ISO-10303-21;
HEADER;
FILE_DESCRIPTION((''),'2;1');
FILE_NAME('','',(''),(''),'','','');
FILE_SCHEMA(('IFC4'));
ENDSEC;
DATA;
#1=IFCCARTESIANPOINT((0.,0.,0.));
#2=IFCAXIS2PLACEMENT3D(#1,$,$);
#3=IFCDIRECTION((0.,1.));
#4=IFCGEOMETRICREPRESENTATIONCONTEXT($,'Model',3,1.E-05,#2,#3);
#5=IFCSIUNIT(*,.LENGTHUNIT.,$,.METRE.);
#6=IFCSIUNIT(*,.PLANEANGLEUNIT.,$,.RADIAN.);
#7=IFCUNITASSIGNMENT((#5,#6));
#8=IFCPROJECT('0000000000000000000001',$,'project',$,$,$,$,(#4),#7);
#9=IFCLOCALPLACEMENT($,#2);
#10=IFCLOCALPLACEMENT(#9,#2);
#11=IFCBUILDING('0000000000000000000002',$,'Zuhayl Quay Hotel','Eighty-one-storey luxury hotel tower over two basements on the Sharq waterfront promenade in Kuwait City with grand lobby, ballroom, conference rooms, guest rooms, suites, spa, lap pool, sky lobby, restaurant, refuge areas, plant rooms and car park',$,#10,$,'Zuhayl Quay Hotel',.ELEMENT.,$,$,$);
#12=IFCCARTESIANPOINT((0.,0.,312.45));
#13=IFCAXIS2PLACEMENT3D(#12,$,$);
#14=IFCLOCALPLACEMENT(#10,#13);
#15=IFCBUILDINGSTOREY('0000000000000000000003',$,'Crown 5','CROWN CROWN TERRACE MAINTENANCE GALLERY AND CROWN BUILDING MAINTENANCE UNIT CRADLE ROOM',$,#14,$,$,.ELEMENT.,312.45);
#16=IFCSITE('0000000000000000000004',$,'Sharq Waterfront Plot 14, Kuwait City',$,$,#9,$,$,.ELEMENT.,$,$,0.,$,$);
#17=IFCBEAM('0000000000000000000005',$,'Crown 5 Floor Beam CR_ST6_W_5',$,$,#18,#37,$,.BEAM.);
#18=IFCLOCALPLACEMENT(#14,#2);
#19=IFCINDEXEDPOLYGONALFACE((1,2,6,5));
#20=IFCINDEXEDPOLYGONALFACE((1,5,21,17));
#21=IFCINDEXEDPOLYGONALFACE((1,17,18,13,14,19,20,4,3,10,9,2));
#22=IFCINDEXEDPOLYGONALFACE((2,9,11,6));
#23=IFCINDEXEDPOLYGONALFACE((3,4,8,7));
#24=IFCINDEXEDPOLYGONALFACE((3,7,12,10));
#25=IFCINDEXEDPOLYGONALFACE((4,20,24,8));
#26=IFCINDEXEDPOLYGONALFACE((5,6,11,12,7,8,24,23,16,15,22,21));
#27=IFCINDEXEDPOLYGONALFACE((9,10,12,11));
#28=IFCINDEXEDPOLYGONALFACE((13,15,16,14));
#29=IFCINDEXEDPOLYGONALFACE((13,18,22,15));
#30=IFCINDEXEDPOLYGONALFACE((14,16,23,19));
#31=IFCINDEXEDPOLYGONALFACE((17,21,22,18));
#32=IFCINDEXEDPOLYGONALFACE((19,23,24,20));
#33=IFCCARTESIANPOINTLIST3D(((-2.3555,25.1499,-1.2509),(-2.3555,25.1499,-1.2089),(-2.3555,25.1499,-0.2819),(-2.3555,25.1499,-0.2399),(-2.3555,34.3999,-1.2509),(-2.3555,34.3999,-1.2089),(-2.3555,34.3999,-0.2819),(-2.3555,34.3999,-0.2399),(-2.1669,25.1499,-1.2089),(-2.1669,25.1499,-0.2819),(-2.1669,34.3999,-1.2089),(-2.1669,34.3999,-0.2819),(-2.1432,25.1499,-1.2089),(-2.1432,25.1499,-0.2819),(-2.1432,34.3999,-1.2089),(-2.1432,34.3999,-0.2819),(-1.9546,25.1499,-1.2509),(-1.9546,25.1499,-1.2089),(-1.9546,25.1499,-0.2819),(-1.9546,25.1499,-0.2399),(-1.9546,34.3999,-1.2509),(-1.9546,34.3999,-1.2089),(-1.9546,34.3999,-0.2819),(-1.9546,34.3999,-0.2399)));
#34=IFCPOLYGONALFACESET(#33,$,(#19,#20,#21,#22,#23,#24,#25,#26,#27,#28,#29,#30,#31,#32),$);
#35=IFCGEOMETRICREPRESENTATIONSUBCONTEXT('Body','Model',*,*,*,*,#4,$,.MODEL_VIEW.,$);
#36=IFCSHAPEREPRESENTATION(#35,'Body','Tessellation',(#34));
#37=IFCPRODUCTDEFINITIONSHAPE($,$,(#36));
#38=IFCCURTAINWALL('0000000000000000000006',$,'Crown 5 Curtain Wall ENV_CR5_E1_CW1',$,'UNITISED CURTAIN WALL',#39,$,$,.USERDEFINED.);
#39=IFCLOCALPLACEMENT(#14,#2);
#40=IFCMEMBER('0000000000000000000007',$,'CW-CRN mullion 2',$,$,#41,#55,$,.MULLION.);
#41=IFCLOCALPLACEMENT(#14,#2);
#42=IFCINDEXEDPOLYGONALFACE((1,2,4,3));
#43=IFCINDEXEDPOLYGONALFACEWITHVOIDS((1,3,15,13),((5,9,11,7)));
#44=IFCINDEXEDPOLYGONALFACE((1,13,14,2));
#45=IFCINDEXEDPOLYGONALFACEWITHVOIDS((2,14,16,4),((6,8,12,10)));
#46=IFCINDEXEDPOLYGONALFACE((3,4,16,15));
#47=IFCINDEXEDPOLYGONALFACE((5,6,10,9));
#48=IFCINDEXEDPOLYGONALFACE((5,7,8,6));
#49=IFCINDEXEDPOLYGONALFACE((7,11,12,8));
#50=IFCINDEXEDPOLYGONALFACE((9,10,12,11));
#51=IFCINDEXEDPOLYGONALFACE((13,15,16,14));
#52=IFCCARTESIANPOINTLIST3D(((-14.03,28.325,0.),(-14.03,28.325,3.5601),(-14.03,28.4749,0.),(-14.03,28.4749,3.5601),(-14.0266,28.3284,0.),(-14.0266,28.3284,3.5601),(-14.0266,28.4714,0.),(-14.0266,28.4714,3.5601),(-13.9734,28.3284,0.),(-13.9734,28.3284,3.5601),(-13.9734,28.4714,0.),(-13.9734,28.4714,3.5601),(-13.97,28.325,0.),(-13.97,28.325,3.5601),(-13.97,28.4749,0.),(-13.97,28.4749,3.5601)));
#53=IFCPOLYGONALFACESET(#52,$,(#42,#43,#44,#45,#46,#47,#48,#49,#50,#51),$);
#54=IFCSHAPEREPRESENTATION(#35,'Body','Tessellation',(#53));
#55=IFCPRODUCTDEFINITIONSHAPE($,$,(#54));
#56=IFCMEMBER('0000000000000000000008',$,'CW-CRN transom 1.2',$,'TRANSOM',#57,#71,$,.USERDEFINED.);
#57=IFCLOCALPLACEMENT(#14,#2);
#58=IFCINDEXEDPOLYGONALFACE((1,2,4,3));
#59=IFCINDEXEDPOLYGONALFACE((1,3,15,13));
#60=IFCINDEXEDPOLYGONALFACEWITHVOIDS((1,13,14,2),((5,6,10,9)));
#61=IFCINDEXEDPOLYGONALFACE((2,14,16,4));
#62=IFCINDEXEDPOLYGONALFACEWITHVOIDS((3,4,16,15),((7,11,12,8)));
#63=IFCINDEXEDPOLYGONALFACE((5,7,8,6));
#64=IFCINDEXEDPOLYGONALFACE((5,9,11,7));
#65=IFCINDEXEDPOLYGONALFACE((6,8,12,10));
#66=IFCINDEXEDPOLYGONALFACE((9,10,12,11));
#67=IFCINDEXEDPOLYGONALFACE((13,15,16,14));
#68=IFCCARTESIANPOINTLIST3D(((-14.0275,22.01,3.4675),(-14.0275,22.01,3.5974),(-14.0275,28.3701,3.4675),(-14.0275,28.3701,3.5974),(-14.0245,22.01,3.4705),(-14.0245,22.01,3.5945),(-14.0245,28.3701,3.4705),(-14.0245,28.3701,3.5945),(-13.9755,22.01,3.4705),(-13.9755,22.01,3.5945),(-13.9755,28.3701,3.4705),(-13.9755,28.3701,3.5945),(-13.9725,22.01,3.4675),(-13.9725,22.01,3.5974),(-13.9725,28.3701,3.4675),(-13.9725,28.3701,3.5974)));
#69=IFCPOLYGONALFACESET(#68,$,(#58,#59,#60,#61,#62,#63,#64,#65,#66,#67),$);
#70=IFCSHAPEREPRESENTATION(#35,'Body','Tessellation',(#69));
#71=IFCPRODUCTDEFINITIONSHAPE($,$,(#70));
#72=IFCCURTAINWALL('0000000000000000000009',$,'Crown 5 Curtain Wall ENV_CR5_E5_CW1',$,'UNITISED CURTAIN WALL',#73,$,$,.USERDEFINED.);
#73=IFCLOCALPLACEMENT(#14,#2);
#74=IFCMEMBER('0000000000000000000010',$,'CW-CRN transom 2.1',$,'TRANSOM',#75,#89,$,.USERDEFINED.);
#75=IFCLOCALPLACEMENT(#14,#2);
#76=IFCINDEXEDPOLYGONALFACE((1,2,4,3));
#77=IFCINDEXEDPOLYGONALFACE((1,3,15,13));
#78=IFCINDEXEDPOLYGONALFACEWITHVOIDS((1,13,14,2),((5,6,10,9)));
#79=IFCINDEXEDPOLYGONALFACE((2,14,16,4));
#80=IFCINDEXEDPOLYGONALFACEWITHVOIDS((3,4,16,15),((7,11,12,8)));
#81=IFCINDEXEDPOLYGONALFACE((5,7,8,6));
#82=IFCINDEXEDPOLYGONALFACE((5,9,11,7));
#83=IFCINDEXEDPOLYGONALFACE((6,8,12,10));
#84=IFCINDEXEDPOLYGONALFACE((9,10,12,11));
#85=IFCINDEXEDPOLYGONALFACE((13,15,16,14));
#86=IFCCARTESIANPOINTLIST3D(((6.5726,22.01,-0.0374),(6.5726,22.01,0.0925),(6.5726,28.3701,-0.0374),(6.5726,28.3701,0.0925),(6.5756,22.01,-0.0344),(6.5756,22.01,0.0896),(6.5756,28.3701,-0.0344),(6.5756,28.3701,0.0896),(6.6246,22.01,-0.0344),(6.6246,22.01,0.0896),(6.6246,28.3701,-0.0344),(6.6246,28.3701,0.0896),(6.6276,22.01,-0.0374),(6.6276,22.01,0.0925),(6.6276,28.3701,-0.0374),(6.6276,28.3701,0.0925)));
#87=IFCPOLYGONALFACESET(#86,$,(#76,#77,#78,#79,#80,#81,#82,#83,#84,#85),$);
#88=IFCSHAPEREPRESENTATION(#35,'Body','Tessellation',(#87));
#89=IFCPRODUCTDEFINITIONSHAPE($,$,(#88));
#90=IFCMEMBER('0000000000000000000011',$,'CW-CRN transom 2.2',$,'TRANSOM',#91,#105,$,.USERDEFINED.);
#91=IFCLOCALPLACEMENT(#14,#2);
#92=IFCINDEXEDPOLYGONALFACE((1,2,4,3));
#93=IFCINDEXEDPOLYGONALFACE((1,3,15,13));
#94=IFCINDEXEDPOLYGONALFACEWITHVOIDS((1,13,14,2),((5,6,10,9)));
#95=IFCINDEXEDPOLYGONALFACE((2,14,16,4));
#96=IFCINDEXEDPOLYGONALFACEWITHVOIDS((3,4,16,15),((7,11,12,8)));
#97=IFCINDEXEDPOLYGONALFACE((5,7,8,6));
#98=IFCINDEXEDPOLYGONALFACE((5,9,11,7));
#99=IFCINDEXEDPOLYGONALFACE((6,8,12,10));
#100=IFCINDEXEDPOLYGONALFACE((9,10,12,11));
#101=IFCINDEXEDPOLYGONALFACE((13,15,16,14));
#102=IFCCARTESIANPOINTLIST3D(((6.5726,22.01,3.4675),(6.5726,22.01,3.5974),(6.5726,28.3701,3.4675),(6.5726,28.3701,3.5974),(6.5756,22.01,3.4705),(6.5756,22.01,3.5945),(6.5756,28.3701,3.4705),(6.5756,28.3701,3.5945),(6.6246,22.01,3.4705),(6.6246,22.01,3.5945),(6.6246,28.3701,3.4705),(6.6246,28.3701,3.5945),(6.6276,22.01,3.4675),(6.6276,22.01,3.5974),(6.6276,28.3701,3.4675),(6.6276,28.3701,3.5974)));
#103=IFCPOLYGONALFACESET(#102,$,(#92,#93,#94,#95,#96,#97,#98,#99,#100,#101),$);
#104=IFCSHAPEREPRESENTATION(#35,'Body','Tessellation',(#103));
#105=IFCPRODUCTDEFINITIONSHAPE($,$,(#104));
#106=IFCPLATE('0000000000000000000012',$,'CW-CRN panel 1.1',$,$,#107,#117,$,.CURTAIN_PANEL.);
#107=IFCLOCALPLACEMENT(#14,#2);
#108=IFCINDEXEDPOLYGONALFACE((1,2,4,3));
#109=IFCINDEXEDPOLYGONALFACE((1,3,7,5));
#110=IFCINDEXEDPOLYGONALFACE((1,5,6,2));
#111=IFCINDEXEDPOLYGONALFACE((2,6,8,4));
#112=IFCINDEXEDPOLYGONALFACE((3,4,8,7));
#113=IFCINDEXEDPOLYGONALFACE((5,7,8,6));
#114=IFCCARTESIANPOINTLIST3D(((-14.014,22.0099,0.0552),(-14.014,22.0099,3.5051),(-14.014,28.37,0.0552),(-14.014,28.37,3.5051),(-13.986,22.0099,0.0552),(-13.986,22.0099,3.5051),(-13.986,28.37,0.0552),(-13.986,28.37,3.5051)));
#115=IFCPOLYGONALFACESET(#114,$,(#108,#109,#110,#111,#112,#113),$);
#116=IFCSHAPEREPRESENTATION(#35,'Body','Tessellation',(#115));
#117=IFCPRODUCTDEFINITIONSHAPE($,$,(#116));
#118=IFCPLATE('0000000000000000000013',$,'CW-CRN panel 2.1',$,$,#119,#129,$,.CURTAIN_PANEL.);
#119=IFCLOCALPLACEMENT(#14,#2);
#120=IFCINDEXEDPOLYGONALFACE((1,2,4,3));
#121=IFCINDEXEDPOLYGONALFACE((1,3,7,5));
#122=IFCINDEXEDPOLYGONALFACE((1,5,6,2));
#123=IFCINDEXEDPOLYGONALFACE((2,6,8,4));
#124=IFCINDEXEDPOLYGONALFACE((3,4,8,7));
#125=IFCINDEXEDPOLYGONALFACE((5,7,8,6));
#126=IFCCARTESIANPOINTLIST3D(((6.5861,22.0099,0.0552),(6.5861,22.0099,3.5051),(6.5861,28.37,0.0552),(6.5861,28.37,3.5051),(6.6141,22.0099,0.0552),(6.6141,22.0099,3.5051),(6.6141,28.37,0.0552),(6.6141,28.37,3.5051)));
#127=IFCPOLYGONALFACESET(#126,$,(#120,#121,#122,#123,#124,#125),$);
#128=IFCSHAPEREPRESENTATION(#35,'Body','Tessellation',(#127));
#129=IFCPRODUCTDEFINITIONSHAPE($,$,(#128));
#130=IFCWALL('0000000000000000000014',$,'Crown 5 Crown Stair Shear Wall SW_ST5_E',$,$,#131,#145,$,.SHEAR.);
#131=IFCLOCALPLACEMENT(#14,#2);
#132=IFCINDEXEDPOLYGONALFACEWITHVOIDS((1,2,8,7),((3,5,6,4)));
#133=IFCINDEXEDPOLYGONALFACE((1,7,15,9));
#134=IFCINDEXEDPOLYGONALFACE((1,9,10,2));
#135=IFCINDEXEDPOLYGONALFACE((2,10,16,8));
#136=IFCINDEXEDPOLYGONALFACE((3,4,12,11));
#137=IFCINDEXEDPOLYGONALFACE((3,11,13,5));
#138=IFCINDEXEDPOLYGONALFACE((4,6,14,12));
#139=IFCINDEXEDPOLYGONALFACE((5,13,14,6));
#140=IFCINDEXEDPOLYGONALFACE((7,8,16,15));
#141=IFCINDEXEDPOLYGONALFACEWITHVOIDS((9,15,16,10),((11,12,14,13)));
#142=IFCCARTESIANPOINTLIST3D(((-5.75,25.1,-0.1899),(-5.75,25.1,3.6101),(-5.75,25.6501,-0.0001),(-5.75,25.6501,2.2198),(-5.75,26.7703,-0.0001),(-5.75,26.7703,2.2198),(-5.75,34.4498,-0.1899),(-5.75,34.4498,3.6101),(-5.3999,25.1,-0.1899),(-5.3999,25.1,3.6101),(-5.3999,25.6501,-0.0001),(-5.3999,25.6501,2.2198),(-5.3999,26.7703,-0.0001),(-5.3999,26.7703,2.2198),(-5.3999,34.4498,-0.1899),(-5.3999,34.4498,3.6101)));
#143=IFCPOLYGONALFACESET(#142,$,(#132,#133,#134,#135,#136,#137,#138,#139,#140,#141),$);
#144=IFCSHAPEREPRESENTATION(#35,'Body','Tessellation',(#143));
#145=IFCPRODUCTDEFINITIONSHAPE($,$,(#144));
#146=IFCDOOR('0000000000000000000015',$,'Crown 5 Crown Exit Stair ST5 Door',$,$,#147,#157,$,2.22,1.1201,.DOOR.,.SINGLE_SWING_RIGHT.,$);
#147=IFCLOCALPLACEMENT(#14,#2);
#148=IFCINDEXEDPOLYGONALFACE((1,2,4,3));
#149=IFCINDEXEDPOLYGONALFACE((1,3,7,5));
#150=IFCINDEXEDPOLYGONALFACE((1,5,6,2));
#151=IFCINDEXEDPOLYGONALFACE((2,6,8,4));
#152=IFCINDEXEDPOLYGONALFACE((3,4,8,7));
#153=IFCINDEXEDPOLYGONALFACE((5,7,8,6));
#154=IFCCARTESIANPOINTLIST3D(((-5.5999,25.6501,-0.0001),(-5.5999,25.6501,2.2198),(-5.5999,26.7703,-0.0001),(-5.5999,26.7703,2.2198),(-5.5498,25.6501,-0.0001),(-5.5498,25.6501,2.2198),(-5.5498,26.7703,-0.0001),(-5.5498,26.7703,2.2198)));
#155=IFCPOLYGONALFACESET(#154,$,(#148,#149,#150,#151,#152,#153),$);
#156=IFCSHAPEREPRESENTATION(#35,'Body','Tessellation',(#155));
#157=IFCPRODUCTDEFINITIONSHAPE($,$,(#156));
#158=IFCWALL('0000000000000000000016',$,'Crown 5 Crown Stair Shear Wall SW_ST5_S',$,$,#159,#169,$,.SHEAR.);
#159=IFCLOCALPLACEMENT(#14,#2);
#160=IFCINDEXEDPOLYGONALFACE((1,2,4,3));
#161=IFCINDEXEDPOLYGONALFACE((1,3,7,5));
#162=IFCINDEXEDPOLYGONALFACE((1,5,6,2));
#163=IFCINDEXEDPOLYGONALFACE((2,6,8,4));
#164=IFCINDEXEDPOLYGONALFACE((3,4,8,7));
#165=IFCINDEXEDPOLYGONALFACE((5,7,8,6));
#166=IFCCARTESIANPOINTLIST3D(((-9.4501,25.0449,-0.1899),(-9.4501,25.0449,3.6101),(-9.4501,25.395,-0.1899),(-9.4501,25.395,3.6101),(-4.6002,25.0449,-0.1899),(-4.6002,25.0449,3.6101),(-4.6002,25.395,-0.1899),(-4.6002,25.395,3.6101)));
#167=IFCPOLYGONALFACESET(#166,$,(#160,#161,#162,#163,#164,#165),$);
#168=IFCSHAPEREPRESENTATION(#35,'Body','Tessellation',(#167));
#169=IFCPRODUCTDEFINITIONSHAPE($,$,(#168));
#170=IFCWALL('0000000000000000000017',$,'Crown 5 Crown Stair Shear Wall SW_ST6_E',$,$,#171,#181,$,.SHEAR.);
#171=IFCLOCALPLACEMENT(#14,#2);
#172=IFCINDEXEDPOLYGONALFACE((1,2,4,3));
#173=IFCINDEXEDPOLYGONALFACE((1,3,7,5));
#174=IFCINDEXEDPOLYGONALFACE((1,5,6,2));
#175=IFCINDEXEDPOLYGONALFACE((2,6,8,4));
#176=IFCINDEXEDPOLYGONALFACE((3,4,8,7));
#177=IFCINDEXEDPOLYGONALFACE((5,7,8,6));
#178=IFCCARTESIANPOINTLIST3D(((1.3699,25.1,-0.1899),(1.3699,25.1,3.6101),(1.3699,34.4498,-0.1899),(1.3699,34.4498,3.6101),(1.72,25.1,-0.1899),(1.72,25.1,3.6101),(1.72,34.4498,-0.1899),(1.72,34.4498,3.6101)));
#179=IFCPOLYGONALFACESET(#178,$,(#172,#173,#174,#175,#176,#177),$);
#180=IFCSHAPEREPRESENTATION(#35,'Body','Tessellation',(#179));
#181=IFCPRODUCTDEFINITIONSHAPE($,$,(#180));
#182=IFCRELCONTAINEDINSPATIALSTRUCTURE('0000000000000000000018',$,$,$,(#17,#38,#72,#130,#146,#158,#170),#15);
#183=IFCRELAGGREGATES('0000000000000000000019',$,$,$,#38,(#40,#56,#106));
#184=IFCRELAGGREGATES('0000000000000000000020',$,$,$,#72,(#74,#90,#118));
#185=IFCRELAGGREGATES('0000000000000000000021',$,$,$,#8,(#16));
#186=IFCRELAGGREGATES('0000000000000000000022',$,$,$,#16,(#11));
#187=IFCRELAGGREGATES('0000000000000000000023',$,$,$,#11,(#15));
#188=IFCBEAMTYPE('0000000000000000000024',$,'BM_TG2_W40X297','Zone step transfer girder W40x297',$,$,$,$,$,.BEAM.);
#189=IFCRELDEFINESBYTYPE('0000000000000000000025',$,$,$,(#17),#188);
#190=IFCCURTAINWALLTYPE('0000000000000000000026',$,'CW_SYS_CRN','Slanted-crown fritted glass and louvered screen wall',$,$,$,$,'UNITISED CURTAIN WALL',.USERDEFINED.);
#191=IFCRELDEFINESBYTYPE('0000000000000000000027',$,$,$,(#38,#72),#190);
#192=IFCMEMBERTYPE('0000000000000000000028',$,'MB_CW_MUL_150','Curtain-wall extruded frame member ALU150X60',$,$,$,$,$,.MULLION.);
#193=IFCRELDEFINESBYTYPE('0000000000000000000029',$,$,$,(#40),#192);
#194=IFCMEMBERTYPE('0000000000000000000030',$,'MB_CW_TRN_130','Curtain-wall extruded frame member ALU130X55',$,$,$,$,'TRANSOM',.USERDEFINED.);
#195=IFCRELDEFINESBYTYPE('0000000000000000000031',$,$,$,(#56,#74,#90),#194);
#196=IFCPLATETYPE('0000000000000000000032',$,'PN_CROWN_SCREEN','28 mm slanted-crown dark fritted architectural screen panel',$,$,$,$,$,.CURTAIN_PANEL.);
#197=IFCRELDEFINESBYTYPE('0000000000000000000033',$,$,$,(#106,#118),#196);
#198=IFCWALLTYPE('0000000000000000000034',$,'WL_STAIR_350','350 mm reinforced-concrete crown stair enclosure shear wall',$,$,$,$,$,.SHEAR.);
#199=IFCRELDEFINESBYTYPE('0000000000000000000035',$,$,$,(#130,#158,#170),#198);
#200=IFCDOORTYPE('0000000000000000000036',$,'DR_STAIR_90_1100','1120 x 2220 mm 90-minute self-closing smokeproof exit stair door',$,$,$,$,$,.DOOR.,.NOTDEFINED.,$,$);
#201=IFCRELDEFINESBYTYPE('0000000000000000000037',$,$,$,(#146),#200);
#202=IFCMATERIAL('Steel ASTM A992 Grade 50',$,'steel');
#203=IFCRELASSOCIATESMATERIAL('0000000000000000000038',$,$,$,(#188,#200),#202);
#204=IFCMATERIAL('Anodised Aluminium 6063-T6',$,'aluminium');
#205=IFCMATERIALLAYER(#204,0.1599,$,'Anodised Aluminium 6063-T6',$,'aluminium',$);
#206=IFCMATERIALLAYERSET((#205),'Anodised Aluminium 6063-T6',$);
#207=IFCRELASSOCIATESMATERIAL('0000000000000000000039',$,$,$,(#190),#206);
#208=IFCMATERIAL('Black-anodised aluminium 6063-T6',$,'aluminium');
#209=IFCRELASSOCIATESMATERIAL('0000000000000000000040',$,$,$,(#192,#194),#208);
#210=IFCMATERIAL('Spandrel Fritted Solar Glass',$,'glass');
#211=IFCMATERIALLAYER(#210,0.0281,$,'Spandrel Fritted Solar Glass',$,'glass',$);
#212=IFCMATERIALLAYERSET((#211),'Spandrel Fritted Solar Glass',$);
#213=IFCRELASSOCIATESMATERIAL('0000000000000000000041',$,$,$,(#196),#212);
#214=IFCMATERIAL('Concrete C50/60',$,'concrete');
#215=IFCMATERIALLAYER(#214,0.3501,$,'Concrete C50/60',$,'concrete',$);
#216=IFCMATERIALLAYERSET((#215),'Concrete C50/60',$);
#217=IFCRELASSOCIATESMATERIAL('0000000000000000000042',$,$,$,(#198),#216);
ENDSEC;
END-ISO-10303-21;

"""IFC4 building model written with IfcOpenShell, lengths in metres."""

from ifc_helpers import new_model, si_unit, direction, frame, frame_2d, origin, origin_2d, place, context, subcontext, project, spatial, rectangle, hollow_rectangle, i_section, extrude, material, layer, layer_set, material_profile, profile_set, type_object, element, fill, aggregate, save


model = new_model("IFC4")

# Units and contexts
model_context = context("Model", 3, precision=1e-05, world=origin(), true_north=direction((0.0, 1.0)))
body_context = subcontext(model_context, "Body", "Model", "MODEL_VIEW")
ifc_project = project(units=[si_unit("LENGTHUNIT", "METRE"), si_unit("PLANEANGLEUNIT", "RADIAN")], contexts=[model_context])

# Site, building, storey
site_placement = place(None, origin())
site = spatial("IfcSite", under=ifc_project, at=site_placement, Name="Sharq Waterfront Plot 14, Kuwait City", CompositionType="ELEMENT", RefElevation=0.0)
building_placement = place(site_placement, origin())
building = spatial("IfcBuilding", under=site, at=building_placement, Name="Zuhayl Quay Hotel", Description="Eighty-one-storey luxury hotel tower over two basements on the Sharq waterfront promenade in Kuwait City with grand lobby, ballroom, conference rooms, guest rooms, suites, spa, lap pool, sky lobby, restaurant, refuge areas, plant rooms and car park", LongName="Zuhayl Quay Hotel", CompositionType="ELEMENT")
storey_placement = place(building_placement, frame((0.0, 0.0, 312.45)))
storey = spatial("IfcBuildingStorey", under=building, at=storey_placement, Name="Crown 5", Description="CROWN CROWN TERRACE MAINTENANCE GALLERY AND CROWN BUILDING MAINTENANCE UNIT CRADLE ROOM", CompositionType="ELEMENT", Elevation=312.45)

# Beam
ifc_material_1 = material(Name="Steel ASTM A992 Grade 50", Category="steel")
ifc_material_profile_1 = material_profile(ifc_material_1, i_section(OverallWidth=0.4009, OverallDepth=1.011, WebThickness=0.0237, FlangeThickness=0.042, at=origin_2d()), Name="W40X297")
ifc_profile_set_1 = profile_set([ifc_material_profile_1], Name="Steel ASTM A992 Grade 50")
beam_type = type_object("IfcBeamType", Name="BM_TG2_W40X297", Description="Zone step transfer girder W40x297", PredefinedType="BEAM", material=ifc_profile_set_1)
for number, where, z_axis, x_axis, name in (
    (1, (-2.155, 25.1499, -0.7454), (0.0, 1.0, 0.0), (-1.0, 0.0, 0.0), "Crown 5 Floor Beam CR_ST6_W_5"),
):
    element("IfcBeam", number, at=place(storey_placement, frame(where, z_axis=z_axis, x_axis=x_axis)), inside=storey, type_object=beam_type, Name=name, PredefinedType="BEAM", context=body_context, shape_type="SweptSolid", body=[
        extrude(i_section(OverallWidth=0.4009, OverallDepth=1.011, WebThickness=0.0237, FlangeThickness=0.042, at=origin_2d()), origin(), (0.0, 0.0, 1.0), 9.25),
    ])

# Curtain walls, members
ifc_material_2 = material(Name="Anodised Aluminium 6063-T6", Category="aluminium")
ifc_layer_1 = layer(ifc_material_2, 0.1599, Name="Anodised Aluminium 6063-T6", Category="aluminium")
ifc_layer_set_1 = layer_set([ifc_layer_1], Name="Anodised Aluminium 6063-T6")
curtain_wall_type = type_object("IfcCurtainWallType", Name="CW_SYS_CRN", Description="Slanted-crown fritted glass and louvered screen wall", ElementType="UNITISED CURTAIN WALL", PredefinedType="USERDEFINED", material=ifc_layer_set_1)
curtain_wall_1_placement = place(storey_placement, origin())
curtain_wall_1 = element("IfcCurtainWall", 2, at=curtain_wall_1_placement, inside=storey, type_object=curtain_wall_type, Name="Crown 5 Curtain Wall ENV_CR5_E1_CW1", ObjectType="UNITISED CURTAIN WALL", PredefinedType="USERDEFINED")
ifc_material_3 = material(Name="Black-anodised aluminium 6063-T6", Category="aluminium")
ifc_material_profile_2 = material_profile(ifc_material_3, hollow_rectangle(XDim=0.0601, YDim=0.1499, WallThickness=0.0034, at=origin_2d()), Name="ALU150X60")
ifc_profile_set_2 = profile_set([ifc_material_profile_2], Name="Black-anodised aluminium 6063-T6")
member_type_1 = type_object("IfcMemberType", Name="MB_CW_MUL_150", Description="Curtain-wall extruded frame member ALU150X60", PredefinedType="MULLION", material=ifc_profile_set_2)
member_1_placement = place(storey_placement, frame((-14.0, 28.3999, 0.0), z_axis=(0.0, 0.0, 1.0), x_axis=(-1.0, 0.0, 0.0)))
member_1 = element("IfcMember", 3, at=member_1_placement, type_object=member_type_1, Name="CW-CRN mullion 2", PredefinedType="MULLION", context=body_context, shape_type="SweptSolid", body=[
    extrude(hollow_rectangle(XDim=0.0601, YDim=0.1499, WallThickness=0.0034, at=origin_2d()), origin(), (0.0, 0.0, 1.0), 3.5601),
])
ifc_material_profile_3 = material_profile(ifc_material_3, hollow_rectangle(XDim=0.0549, YDim=0.1299, WallThickness=0.0029, at=origin_2d()), Name="ALU130X55")
ifc_profile_set_3 = profile_set([ifc_material_profile_3], Name="Black-anodised aluminium 6063-T6")
member_type_2 = type_object("IfcMemberType", Name="MB_CW_TRN_130", Description="Curtain-wall extruded frame member ALU130X55", ElementType="TRANSOM", PredefinedType="USERDEFINED", material=ifc_profile_set_3)
member_2_placement = place(storey_placement, frame((-14.0, 22.01, 3.5325), z_axis=(0.0, 1.0, 0.0), x_axis=(-1.0, 0.0, 0.0)))
member_2 = element("IfcMember", 4, at=member_2_placement, type_object=member_type_2, Name="CW-CRN transom 1.2", ObjectType="TRANSOM", PredefinedType="USERDEFINED", context=body_context, shape_type="SweptSolid", body=[
    extrude(hollow_rectangle(XDim=0.0549, YDim=0.1299, WallThickness=0.0029, at=origin_2d()), origin(), (0.0, 0.0, 1.0), 6.3601),
])
curtain_wall_2_placement = place(storey_placement, origin())
curtain_wall_2 = element("IfcCurtainWall", 5, at=curtain_wall_2_placement, inside=storey, type_object=curtain_wall_type, Name="Crown 5 Curtain Wall ENV_CR5_E5_CW1", ObjectType="UNITISED CURTAIN WALL", PredefinedType="USERDEFINED")
member_3_placement = place(storey_placement, frame((6.6001, 28.3701, 0.0276), z_axis=(0.0, -1.0, 0.0), x_axis=(1.0, 0.0, 0.0)))
member_3 = element("IfcMember", 6, at=member_3_placement, type_object=member_type_2, Name="CW-CRN transom 2.1", ObjectType="TRANSOM", PredefinedType="USERDEFINED", context=body_context, shape_type="SweptSolid", body=[
    extrude(hollow_rectangle(XDim=0.0549, YDim=0.1299, WallThickness=0.0029, at=origin_2d()), origin(), (0.0, 0.0, 1.0), 6.3601),
])
member_4_placement = place(storey_placement, frame((6.6001, 28.3701, 3.5325), z_axis=(0.0, -1.0, 0.0), x_axis=(1.0, 0.0, 0.0)))
member_4 = element("IfcMember", 7, at=member_4_placement, type_object=member_type_2, Name="CW-CRN transom 2.2", ObjectType="TRANSOM", PredefinedType="USERDEFINED", context=body_context, shape_type="SweptSolid", body=[
    extrude(hollow_rectangle(XDim=0.0549, YDim=0.1299, WallThickness=0.0029, at=origin_2d()), origin(), (0.0, 0.0, 1.0), 6.3601),
])

# Plates
ifc_material_4 = material(Name="Spandrel Fritted Solar Glass", Category="glass")
ifc_layer_2 = layer(ifc_material_4, 0.0281, Name="Spandrel Fritted Solar Glass", Category="glass")
ifc_layer_set_2 = layer_set([ifc_layer_2], Name="Spandrel Fritted Solar Glass")
plate_type = type_object("IfcPlateType", Name="PN_CROWN_SCREEN", Description="28 mm slanted-crown dark fritted architectural screen panel", PredefinedType="CURTAIN_PANEL", material=ifc_layer_set_2)
plate_1_placement = place(storey_placement, frame((-14.0, 25.1899, 0.0552), z_axis=(0.0, 0.0, 1.0), x_axis=(0.0, 1.0, 0.0)))
plate_1 = element("IfcPlate", 8, at=plate_1_placement, type_object=plate_type, Name="CW-CRN panel 1.1", PredefinedType="CURTAIN_PANEL", context=body_context, shape_type="SweptSolid", body=[
    extrude(rectangle(XDim=6.3601, YDim=0.0281, at=origin_2d()), origin(), (0.0, 0.0, 1.0), 3.45),
])
aggregate(curtain_wall_1, [member_1, member_2, plate_1])
plate_2_placement = place(storey_placement, frame((6.6001, 25.1899, 0.0552), z_axis=(0.0, 0.0, 1.0), x_axis=(0.0, -1.0, 0.0)))
plate_2 = element("IfcPlate", 9, at=plate_2_placement, type_object=plate_type, Name="CW-CRN panel 2.1", PredefinedType="CURTAIN_PANEL", context=body_context, shape_type="SweptSolid", body=[
    extrude(rectangle(XDim=6.3601, YDim=0.0281, at=origin_2d()), origin(), (0.0, 0.0, 1.0), 3.45),
])
aggregate(curtain_wall_2, [member_3, member_4, plate_2])

# Wall, opening, door
ifc_material_5 = material(Name="Concrete C50/60", Category="concrete")
ifc_layer_3 = layer(ifc_material_5, 0.3501, Name="Concrete C50/60", Category="concrete")
ifc_layer_set_3 = layer_set([ifc_layer_3], Name="Concrete C50/60")
wall_type = type_object("IfcWallType", Name="WL_STAIR_350", Description="350 mm reinforced-concrete crown stair enclosure shear wall", PredefinedType="SHEAR", material=ifc_layer_set_3)
wall_1_placement = place(storey_placement, frame((-5.575, 25.1001, -0.1899), z_axis=(0.0, 0.0, 1.0), x_axis=(0.0, 1.0, 0.0)))
wall_1 = element("IfcWall", 10, at=wall_1_placement, inside=storey, type_object=wall_type, Name="Crown 5 Crown Stair Shear Wall SW_ST5_E", PredefinedType="SHEAR", context=body_context, shape_type="SweptSolid", body=[
    extrude(rectangle(XDim=9.3499, YDim=0.3501, at=frame_2d((4.6748, 0.0))), origin(), (0.0, 0.0, 1.0), 3.8),
])
opening_placement = place(wall_1_placement, frame((0.55, 0.0, 0.1899)))
opening = element("IfcOpeningElement", 11, at=opening_placement, cuts=wall_1, PredefinedType="OPENING", context=body_context, shape_type="SweptSolid", body=[
    extrude(rectangle(XDim=1.1201, YDim=2.22, at=frame_2d((0.5601, 1.1099))), frame((0.0, 0.1851, 0.0), z_axis=(0.0, -1.0, 0.0), x_axis=(1.0, 0.0, 0.0)), (0.0, 0.0, 1.0), 0.3701),
])
door_type = type_object("IfcDoorType", Name="DR_STAIR_90_1100", Description="1120 x 2220 mm 90-minute self-closing smokeproof exit stair door", OperationType="NOTDEFINED", PredefinedType="DOOR", material=ifc_material_1)
door_placement = place(opening_placement, origin())
door = element("IfcDoor", 12, at=door_placement, inside=storey, type_object=door_type, Name="Crown 5 Crown Exit Stair ST5 Door", OperationType="SINGLE_SWING_RIGHT", OverallHeight=2.22, OverallWidth=1.1201, PredefinedType="DOOR", context=body_context, shape_type="SweptSolid", body=[
    extrude(rectangle(XDim=1.1201, YDim=2.22, at=frame_2d((0.5601, 1.1099))), frame((0.0, 0.0249, 0.0), z_axis=(0.0, -1.0, 0.0), x_axis=(1.0, 0.0, 0.0)), (0.0, 0.0, 1.0), 0.05),
])
fill(opening, door)

# Walls
wall_2_placement = place(storey_placement, frame((-9.45, 25.22, -0.1899), z_axis=(0.0, 0.0, 1.0), x_axis=(1.0, 0.0, 0.0)))
element("IfcWall", 13, at=wall_2_placement, inside=storey, type_object=wall_type, Name="Crown 5 Crown Stair Shear Wall SW_ST5_S", PredefinedType="SHEAR", context=body_context, shape_type="SweptSolid", body=[
    extrude(rectangle(XDim=4.8499, YDim=0.3501, at=frame_2d((2.4248, 0.0))), origin(), (0.0, 0.0, 1.0), 3.8),
])
wall_3_placement = place(storey_placement, frame((1.5449, 25.1001, -0.1899), z_axis=(0.0, 0.0, 1.0), x_axis=(0.0, 1.0, 0.0)))
element("IfcWall", 14, at=wall_3_placement, inside=storey, type_object=wall_type, Name="Crown 5 Crown Stair Shear Wall SW_ST6_E", PredefinedType="SHEAR", context=body_context, shape_type="SweptSolid", body=[
    extrude(rectangle(XDim=9.3499, YDim=0.3501, at=frame_2d((4.6748, 0.0))), origin(), (0.0, 0.0, 1.0), 3.8),
])

save(model, "model.ifc")
